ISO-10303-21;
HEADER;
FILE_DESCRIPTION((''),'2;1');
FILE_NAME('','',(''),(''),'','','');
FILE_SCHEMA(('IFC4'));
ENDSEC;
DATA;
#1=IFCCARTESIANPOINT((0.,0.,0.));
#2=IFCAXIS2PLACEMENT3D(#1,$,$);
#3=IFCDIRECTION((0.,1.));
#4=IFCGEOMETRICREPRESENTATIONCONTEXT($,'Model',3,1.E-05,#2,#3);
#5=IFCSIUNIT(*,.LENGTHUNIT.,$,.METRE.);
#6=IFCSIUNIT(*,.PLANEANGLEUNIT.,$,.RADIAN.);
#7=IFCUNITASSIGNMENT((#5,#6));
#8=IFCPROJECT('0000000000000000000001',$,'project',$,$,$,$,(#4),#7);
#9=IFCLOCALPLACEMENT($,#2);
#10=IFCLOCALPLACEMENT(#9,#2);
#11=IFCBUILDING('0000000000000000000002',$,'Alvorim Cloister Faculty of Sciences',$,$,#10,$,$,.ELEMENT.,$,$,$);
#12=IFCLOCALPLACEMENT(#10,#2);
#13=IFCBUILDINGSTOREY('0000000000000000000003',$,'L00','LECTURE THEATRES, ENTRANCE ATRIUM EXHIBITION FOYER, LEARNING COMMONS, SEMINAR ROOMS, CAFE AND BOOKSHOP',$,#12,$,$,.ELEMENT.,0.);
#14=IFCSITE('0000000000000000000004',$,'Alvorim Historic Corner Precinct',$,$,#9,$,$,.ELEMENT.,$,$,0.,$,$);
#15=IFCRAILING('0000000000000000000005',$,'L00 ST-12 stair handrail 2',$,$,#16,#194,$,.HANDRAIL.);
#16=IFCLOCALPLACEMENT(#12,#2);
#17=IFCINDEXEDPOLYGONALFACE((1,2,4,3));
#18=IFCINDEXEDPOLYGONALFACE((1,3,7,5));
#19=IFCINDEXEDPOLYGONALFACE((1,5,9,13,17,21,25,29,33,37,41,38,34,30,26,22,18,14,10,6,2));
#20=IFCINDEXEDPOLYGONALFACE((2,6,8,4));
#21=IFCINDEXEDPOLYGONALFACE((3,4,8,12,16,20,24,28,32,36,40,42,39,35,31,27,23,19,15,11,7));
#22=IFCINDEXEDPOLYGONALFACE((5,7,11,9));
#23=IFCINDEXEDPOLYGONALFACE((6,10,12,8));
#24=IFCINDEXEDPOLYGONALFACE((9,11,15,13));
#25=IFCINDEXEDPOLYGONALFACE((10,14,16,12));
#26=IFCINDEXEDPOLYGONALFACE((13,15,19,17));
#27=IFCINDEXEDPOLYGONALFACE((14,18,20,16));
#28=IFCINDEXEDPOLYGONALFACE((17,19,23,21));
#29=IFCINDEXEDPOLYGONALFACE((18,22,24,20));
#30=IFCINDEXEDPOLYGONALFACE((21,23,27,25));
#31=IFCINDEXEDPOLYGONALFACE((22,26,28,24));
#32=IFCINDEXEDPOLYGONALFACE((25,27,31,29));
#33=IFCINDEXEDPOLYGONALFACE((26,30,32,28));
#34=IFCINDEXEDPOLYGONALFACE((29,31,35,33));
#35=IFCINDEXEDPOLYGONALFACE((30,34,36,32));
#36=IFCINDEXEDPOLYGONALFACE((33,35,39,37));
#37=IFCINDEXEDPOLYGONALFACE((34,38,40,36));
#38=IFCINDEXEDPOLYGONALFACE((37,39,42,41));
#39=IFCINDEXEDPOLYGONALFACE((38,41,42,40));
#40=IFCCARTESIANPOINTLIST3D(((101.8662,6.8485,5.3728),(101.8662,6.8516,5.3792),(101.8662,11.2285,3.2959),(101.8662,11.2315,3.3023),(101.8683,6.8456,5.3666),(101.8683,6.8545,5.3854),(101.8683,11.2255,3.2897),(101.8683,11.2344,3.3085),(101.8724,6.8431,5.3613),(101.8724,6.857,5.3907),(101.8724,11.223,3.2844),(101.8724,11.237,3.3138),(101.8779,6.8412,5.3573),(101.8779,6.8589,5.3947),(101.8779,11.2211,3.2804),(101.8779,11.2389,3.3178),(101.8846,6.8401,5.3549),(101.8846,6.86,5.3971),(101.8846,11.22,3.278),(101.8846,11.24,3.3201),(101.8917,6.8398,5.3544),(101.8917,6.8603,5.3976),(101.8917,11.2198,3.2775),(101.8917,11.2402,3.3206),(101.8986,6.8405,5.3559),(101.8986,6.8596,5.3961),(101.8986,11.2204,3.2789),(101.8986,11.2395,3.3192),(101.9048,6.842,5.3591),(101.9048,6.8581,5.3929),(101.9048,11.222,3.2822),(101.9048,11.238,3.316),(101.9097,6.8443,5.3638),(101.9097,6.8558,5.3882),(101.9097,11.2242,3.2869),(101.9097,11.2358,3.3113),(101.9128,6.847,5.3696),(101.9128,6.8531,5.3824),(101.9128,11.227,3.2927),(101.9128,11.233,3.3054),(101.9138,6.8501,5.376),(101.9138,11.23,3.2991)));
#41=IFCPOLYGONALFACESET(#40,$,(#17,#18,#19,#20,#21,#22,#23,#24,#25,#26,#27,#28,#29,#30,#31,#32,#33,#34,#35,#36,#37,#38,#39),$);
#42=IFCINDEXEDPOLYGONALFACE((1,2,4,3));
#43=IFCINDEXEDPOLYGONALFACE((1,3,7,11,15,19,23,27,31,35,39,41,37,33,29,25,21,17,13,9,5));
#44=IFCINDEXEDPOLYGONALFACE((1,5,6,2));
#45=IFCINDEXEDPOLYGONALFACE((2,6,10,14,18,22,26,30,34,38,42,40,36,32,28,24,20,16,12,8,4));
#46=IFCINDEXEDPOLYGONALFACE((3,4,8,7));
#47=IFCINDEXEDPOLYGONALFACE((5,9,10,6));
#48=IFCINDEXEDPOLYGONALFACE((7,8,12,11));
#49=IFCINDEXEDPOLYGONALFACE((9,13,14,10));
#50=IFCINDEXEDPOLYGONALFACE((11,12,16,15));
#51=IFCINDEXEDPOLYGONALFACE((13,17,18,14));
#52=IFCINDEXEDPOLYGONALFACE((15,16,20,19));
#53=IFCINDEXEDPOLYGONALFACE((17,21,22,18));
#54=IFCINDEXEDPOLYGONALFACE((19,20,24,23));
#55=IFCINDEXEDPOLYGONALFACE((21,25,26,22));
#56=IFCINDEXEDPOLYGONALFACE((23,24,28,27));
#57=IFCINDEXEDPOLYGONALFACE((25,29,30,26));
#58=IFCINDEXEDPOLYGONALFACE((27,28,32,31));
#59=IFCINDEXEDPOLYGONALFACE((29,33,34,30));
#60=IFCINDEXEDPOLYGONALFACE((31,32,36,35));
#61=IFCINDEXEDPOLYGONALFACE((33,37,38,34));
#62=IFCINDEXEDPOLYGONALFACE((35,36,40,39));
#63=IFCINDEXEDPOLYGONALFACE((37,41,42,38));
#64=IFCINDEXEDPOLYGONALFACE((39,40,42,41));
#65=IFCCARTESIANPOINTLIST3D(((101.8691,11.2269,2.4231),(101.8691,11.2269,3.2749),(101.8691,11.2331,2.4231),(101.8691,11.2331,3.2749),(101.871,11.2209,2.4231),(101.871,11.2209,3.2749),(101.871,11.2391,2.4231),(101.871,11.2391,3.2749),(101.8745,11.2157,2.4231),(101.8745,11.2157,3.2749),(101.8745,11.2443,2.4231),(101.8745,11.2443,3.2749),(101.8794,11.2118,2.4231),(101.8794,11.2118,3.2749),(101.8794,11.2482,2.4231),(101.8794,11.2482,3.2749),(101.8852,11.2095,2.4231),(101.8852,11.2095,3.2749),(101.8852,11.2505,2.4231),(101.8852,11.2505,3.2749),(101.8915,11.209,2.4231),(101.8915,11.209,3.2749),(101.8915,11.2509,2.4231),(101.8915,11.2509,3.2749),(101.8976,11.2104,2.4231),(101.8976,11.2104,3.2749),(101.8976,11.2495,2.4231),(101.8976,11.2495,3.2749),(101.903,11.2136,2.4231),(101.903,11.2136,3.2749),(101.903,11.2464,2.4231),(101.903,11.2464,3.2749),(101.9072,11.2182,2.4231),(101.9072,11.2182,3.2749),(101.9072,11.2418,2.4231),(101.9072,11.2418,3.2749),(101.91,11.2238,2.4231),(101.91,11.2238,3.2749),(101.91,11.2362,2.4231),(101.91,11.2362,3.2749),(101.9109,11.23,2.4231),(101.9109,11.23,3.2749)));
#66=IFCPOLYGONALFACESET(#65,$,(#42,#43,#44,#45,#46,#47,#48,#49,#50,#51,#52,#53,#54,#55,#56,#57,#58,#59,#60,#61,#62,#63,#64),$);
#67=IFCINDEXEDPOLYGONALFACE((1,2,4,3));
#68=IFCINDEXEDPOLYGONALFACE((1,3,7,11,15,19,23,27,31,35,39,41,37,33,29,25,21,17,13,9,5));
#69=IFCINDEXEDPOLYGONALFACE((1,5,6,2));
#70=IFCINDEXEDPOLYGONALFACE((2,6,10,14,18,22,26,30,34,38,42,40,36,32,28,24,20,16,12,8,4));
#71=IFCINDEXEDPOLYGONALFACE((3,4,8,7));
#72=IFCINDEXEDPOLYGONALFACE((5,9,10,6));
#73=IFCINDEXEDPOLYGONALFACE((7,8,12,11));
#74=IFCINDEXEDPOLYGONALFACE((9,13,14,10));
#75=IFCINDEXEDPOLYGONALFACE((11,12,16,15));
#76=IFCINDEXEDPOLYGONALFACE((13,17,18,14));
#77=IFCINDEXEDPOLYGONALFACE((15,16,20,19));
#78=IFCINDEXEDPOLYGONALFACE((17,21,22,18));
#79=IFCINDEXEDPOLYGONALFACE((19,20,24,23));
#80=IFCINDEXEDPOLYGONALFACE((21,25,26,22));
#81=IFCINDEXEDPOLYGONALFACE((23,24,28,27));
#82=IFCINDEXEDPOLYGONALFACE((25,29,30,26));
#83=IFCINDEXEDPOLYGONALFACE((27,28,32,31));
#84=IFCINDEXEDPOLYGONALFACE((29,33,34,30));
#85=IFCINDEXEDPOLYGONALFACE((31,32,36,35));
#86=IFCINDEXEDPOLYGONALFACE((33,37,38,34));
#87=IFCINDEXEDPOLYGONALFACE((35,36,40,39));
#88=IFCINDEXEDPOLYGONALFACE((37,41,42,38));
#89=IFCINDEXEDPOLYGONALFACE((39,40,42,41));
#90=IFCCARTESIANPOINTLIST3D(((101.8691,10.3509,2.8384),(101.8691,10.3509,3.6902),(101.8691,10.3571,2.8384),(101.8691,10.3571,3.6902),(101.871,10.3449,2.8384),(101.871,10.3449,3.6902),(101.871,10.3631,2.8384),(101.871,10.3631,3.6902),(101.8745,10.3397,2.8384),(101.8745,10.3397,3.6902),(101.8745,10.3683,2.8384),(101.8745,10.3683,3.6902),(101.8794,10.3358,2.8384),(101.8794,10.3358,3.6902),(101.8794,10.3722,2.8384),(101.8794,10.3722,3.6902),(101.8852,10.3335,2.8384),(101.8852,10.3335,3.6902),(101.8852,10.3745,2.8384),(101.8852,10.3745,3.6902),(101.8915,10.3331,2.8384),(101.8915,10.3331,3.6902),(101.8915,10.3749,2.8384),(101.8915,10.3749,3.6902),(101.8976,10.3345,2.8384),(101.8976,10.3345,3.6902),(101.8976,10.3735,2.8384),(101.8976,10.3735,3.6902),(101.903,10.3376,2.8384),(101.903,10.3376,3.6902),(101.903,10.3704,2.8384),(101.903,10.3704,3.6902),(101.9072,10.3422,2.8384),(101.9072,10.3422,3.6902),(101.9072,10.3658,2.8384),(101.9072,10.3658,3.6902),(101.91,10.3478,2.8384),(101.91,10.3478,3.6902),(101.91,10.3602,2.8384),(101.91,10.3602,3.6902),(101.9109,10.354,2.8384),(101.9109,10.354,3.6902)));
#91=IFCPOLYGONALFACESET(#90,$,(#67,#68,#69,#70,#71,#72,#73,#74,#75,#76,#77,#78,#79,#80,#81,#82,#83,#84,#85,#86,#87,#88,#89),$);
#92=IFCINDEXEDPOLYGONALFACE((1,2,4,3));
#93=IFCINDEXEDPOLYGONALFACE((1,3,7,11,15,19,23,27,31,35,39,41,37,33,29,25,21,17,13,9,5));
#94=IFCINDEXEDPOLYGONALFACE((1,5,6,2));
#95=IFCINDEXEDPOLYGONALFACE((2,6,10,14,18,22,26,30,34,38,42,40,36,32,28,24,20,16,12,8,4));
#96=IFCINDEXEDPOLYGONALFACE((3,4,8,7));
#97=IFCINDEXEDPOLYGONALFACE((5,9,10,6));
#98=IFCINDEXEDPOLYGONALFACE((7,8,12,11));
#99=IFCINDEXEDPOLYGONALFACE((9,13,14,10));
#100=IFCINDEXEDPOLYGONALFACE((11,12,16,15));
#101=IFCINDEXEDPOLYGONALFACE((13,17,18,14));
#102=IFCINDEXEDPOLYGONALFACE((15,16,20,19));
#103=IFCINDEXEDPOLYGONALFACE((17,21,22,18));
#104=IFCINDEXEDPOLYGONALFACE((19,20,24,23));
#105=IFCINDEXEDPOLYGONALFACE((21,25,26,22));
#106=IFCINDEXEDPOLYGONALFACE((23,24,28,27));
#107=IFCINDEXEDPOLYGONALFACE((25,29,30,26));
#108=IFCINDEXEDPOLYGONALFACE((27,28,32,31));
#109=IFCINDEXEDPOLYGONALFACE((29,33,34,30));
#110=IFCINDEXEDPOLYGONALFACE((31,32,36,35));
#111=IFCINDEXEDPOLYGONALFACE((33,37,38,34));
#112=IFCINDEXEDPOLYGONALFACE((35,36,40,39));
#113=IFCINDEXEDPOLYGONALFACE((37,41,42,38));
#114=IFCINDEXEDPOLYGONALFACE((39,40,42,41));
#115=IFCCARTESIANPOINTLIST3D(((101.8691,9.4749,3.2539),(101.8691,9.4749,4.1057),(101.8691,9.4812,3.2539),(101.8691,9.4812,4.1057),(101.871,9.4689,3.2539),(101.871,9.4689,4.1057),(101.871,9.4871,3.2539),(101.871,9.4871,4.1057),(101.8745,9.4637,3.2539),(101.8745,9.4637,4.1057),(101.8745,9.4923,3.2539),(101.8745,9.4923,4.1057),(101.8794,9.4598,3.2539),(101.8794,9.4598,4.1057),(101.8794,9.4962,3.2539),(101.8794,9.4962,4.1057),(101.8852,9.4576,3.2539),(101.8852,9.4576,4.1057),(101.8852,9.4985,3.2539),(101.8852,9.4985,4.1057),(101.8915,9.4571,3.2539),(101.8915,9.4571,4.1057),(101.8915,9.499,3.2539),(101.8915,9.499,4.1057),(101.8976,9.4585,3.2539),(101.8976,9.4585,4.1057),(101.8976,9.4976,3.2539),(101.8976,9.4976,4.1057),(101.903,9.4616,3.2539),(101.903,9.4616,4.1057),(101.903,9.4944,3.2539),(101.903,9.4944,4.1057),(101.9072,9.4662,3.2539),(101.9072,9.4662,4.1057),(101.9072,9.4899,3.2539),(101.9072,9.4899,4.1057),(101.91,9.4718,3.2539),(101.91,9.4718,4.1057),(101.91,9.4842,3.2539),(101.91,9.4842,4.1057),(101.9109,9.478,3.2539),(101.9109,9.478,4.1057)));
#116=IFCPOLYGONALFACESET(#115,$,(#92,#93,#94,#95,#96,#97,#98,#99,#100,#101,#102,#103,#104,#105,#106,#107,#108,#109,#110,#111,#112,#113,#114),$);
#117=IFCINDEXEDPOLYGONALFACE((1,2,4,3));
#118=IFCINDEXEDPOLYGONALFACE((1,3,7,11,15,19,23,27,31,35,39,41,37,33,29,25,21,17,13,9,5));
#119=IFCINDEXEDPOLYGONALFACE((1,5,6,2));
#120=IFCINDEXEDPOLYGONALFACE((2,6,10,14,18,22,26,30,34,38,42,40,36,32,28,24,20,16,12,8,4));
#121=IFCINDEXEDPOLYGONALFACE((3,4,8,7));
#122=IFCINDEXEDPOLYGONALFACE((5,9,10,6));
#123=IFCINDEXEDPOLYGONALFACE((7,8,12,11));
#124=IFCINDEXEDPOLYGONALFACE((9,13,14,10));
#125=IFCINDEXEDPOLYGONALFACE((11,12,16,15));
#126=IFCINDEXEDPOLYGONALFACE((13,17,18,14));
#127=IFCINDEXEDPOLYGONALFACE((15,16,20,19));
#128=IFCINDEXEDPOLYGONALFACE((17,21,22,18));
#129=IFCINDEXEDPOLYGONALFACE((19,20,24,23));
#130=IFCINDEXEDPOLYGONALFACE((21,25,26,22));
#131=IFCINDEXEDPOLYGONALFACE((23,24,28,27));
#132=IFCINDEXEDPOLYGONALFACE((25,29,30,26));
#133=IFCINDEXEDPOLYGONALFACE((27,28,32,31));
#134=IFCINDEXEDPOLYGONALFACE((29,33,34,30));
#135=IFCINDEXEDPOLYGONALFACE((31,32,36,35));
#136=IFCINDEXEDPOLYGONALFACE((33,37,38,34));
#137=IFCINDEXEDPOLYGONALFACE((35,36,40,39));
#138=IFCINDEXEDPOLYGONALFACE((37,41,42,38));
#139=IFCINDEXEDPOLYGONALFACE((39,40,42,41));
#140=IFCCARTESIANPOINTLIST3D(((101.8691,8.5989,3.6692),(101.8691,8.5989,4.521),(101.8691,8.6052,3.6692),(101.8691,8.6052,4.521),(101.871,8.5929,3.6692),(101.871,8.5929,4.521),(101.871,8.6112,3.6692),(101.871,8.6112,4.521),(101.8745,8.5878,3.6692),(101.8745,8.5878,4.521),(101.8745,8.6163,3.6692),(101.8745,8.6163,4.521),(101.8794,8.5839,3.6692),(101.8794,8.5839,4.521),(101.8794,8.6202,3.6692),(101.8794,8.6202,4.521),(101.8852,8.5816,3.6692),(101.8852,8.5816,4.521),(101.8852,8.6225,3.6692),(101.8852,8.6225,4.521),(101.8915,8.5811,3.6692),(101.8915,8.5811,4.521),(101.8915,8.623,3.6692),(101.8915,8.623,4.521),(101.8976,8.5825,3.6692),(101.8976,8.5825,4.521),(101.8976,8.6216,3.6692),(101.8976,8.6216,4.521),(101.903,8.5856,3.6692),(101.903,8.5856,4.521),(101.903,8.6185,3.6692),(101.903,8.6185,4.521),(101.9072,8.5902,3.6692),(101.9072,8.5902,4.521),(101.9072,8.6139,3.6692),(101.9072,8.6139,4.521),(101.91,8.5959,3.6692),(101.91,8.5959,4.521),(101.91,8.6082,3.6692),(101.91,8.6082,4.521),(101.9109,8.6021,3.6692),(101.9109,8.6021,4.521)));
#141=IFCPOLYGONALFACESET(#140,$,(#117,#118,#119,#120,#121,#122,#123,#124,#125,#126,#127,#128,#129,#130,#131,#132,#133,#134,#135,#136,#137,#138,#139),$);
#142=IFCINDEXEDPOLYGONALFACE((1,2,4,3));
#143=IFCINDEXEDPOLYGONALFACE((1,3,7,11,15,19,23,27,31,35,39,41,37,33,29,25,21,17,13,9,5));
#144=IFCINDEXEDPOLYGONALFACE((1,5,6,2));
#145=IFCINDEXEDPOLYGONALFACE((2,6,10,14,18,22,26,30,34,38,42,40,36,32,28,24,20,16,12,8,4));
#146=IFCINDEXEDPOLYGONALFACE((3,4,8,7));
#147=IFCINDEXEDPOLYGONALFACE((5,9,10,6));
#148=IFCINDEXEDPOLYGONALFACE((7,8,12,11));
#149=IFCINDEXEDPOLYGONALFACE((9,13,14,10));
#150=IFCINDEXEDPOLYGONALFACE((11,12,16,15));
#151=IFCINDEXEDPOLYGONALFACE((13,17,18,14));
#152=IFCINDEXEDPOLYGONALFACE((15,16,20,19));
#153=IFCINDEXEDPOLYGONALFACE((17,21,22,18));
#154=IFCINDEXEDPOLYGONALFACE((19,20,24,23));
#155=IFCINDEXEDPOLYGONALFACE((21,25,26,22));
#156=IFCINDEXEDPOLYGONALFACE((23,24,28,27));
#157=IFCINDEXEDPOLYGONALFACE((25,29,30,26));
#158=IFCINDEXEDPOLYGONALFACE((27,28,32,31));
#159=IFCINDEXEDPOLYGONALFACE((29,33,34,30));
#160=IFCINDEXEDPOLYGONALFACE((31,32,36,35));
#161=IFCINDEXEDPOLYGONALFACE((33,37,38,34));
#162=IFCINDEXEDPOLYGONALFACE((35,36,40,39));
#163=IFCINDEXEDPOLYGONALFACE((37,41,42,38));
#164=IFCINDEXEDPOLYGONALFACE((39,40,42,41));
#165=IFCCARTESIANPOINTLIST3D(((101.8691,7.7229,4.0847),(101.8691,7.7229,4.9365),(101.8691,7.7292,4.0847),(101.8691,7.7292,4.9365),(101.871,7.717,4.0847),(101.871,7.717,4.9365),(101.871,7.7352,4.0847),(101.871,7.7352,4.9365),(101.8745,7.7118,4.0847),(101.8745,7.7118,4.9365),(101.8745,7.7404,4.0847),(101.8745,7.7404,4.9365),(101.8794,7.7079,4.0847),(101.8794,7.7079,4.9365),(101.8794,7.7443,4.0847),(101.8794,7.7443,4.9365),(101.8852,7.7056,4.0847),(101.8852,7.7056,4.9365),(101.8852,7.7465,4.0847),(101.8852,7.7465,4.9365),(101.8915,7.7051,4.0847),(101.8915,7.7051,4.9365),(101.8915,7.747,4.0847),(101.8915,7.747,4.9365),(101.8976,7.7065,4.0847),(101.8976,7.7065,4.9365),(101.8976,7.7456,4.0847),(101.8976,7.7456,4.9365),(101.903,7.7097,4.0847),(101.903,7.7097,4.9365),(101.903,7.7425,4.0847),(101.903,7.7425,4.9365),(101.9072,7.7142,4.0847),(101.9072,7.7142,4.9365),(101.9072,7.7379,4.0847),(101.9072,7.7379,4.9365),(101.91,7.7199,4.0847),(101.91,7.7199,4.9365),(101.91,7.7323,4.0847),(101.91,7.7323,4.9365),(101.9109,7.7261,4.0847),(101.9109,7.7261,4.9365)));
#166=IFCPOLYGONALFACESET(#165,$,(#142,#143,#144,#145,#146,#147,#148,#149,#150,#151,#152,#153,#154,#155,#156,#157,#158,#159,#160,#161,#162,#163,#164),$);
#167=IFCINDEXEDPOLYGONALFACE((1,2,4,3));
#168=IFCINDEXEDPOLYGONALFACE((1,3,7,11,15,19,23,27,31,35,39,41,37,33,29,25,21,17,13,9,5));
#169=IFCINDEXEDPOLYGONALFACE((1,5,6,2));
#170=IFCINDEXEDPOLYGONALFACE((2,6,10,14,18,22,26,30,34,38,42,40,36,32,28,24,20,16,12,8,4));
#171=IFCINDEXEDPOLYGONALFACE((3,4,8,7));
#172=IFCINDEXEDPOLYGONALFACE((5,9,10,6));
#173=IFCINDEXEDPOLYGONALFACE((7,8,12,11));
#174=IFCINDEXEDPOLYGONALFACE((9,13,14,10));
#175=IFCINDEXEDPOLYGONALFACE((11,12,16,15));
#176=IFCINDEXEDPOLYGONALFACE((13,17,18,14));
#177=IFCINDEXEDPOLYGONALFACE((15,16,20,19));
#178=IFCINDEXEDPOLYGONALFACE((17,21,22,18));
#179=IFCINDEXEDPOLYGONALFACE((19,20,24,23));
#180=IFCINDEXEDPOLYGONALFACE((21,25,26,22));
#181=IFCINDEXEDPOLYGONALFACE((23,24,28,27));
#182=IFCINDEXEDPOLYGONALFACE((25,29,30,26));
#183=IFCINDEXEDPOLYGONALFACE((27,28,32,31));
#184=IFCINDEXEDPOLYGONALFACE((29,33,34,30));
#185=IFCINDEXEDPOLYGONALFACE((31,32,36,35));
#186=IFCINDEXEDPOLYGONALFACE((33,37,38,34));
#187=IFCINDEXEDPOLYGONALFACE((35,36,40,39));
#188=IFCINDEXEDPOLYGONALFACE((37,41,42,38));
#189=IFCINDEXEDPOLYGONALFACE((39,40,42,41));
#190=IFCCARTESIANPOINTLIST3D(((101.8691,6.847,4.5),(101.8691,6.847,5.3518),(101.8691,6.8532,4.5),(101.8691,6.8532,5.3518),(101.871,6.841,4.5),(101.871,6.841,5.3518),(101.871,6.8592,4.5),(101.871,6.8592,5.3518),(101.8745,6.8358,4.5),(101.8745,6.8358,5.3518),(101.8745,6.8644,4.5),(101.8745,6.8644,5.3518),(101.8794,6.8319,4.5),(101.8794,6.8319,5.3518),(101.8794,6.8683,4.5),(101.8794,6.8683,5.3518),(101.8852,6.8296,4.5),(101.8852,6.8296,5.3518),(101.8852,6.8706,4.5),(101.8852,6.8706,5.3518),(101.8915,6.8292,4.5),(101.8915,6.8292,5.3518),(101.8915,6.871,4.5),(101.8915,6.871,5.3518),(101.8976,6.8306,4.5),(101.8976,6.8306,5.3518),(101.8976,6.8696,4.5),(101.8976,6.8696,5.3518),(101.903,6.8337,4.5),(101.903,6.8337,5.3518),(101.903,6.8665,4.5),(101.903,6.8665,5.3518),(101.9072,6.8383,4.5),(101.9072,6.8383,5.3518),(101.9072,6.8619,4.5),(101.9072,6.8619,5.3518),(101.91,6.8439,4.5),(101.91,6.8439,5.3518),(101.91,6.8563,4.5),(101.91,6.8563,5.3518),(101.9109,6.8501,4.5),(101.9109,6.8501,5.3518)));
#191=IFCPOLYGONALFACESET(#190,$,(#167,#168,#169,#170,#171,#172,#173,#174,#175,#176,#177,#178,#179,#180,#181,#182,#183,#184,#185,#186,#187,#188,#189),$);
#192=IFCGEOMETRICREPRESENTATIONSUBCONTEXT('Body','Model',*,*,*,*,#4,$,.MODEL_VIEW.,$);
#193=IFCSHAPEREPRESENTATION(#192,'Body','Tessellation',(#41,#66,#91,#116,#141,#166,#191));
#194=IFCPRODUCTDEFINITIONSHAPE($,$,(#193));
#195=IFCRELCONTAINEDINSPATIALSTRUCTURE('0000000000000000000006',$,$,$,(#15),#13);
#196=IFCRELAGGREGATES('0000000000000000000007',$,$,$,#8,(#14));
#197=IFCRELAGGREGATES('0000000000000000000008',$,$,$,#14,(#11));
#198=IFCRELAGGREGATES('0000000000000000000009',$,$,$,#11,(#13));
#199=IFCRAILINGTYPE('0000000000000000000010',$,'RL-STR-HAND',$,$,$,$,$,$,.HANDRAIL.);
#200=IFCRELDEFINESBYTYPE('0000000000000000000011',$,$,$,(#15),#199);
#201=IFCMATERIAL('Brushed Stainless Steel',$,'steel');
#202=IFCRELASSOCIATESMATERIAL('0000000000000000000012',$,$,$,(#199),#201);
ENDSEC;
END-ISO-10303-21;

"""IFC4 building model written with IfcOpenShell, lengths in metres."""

from ifc_helpers import new_model, si_unit, direction, frame, origin, origin_2d, place, context, subcontext, project, spatial, circle, extrude, material, type_object, element, save


model = new_model("IFC4")

# Units and contexts
model_context = context("Model", 3, precision=1e-05, world=origin(), true_north=direction((0.0, 1.0)))
body_context = subcontext(model_context, "Body", "Model", "MODEL_VIEW")
ifc_project = project(units=[si_unit("LENGTHUNIT", "METRE"), si_unit("PLANEANGLEUNIT", "RADIAN")], contexts=[model_context])

# Site, building, storey
site_placement = place(None, origin())
site = spatial("IfcSite", under=ifc_project, at=site_placement, Name="Alvorim Historic Corner Precinct", CompositionType="ELEMENT", RefElevation=0.0)
building_placement = place(site_placement, origin())
building = spatial("IfcBuilding", under=site, at=building_placement, Name="Alvorim Cloister Faculty of Sciences", CompositionType="ELEMENT")
storey_placement = place(building_placement, origin())
storey = spatial("IfcBuildingStorey", under=building, at=storey_placement, Name="L00", Description="LECTURE THEATRES, ENTRANCE ATRIUM EXHIBITION FOYER, LEARNING COMMONS, SEMINAR ROOMS, CAFE AND BOOKSHOP", CompositionType="ELEMENT", Elevation=0.0)

# Railing
ifc_material_1 = material(Name="Brushed Stainless Steel", Category="steel")
railing_type_1 = type_object("IfcRailingType", Name="RL-STR-HAND", PredefinedType="HANDRAIL", material=ifc_material_1)
railing_1_placement = place(storey_placement, frame((101.8899, 11.23, 2.4231)))
element("IfcRailing", 1, at=railing_1_placement, inside=storey, type_object=railing_type_1, Name="L00 ST-12 stair handrail 2", PredefinedType="HANDRAIL", context=body_context, shape_type="SweptSolid", body=[
    extrude(circle(Radius=0.0239, at=origin_2d()), frame((0.0, 0.0, 0.876), z_axis=(0.0, -0.90356, 0.428461), x_axis=(1.0, 0.0, 0.0)), (0.0, 0.0, 1.0), 4.8474),
    extrude(circle(Radius=0.021, at=origin_2d()), origin(), (0.0, 0.0, 1.0), 0.8518),
    extrude(circle(Radius=0.021, at=origin_2d()), frame((0.0, -0.876, 0.4153)), (0.0, 0.0, 1.0), 0.8518),
    extrude(circle(Radius=0.021, at=origin_2d()), frame((0.0, -1.752, 0.8308)), (0.0, 0.0, 1.0), 0.8518),
    extrude(circle(Radius=0.021, at=origin_2d()), frame((0.0, -2.6279, 1.2461)), (0.0, 0.0, 1.0), 0.8518),
    extrude(circle(Radius=0.021, at=origin_2d()), frame((0.0, -3.5039, 1.6616)), (0.0, 0.0, 1.0), 0.8518),
    extrude(circle(Radius=0.021, at=origin_2d()), frame((0.0, -4.3799, 2.0769)), (0.0, 0.0, 1.0), 0.8518),
])

save(model, "model.ifc")
